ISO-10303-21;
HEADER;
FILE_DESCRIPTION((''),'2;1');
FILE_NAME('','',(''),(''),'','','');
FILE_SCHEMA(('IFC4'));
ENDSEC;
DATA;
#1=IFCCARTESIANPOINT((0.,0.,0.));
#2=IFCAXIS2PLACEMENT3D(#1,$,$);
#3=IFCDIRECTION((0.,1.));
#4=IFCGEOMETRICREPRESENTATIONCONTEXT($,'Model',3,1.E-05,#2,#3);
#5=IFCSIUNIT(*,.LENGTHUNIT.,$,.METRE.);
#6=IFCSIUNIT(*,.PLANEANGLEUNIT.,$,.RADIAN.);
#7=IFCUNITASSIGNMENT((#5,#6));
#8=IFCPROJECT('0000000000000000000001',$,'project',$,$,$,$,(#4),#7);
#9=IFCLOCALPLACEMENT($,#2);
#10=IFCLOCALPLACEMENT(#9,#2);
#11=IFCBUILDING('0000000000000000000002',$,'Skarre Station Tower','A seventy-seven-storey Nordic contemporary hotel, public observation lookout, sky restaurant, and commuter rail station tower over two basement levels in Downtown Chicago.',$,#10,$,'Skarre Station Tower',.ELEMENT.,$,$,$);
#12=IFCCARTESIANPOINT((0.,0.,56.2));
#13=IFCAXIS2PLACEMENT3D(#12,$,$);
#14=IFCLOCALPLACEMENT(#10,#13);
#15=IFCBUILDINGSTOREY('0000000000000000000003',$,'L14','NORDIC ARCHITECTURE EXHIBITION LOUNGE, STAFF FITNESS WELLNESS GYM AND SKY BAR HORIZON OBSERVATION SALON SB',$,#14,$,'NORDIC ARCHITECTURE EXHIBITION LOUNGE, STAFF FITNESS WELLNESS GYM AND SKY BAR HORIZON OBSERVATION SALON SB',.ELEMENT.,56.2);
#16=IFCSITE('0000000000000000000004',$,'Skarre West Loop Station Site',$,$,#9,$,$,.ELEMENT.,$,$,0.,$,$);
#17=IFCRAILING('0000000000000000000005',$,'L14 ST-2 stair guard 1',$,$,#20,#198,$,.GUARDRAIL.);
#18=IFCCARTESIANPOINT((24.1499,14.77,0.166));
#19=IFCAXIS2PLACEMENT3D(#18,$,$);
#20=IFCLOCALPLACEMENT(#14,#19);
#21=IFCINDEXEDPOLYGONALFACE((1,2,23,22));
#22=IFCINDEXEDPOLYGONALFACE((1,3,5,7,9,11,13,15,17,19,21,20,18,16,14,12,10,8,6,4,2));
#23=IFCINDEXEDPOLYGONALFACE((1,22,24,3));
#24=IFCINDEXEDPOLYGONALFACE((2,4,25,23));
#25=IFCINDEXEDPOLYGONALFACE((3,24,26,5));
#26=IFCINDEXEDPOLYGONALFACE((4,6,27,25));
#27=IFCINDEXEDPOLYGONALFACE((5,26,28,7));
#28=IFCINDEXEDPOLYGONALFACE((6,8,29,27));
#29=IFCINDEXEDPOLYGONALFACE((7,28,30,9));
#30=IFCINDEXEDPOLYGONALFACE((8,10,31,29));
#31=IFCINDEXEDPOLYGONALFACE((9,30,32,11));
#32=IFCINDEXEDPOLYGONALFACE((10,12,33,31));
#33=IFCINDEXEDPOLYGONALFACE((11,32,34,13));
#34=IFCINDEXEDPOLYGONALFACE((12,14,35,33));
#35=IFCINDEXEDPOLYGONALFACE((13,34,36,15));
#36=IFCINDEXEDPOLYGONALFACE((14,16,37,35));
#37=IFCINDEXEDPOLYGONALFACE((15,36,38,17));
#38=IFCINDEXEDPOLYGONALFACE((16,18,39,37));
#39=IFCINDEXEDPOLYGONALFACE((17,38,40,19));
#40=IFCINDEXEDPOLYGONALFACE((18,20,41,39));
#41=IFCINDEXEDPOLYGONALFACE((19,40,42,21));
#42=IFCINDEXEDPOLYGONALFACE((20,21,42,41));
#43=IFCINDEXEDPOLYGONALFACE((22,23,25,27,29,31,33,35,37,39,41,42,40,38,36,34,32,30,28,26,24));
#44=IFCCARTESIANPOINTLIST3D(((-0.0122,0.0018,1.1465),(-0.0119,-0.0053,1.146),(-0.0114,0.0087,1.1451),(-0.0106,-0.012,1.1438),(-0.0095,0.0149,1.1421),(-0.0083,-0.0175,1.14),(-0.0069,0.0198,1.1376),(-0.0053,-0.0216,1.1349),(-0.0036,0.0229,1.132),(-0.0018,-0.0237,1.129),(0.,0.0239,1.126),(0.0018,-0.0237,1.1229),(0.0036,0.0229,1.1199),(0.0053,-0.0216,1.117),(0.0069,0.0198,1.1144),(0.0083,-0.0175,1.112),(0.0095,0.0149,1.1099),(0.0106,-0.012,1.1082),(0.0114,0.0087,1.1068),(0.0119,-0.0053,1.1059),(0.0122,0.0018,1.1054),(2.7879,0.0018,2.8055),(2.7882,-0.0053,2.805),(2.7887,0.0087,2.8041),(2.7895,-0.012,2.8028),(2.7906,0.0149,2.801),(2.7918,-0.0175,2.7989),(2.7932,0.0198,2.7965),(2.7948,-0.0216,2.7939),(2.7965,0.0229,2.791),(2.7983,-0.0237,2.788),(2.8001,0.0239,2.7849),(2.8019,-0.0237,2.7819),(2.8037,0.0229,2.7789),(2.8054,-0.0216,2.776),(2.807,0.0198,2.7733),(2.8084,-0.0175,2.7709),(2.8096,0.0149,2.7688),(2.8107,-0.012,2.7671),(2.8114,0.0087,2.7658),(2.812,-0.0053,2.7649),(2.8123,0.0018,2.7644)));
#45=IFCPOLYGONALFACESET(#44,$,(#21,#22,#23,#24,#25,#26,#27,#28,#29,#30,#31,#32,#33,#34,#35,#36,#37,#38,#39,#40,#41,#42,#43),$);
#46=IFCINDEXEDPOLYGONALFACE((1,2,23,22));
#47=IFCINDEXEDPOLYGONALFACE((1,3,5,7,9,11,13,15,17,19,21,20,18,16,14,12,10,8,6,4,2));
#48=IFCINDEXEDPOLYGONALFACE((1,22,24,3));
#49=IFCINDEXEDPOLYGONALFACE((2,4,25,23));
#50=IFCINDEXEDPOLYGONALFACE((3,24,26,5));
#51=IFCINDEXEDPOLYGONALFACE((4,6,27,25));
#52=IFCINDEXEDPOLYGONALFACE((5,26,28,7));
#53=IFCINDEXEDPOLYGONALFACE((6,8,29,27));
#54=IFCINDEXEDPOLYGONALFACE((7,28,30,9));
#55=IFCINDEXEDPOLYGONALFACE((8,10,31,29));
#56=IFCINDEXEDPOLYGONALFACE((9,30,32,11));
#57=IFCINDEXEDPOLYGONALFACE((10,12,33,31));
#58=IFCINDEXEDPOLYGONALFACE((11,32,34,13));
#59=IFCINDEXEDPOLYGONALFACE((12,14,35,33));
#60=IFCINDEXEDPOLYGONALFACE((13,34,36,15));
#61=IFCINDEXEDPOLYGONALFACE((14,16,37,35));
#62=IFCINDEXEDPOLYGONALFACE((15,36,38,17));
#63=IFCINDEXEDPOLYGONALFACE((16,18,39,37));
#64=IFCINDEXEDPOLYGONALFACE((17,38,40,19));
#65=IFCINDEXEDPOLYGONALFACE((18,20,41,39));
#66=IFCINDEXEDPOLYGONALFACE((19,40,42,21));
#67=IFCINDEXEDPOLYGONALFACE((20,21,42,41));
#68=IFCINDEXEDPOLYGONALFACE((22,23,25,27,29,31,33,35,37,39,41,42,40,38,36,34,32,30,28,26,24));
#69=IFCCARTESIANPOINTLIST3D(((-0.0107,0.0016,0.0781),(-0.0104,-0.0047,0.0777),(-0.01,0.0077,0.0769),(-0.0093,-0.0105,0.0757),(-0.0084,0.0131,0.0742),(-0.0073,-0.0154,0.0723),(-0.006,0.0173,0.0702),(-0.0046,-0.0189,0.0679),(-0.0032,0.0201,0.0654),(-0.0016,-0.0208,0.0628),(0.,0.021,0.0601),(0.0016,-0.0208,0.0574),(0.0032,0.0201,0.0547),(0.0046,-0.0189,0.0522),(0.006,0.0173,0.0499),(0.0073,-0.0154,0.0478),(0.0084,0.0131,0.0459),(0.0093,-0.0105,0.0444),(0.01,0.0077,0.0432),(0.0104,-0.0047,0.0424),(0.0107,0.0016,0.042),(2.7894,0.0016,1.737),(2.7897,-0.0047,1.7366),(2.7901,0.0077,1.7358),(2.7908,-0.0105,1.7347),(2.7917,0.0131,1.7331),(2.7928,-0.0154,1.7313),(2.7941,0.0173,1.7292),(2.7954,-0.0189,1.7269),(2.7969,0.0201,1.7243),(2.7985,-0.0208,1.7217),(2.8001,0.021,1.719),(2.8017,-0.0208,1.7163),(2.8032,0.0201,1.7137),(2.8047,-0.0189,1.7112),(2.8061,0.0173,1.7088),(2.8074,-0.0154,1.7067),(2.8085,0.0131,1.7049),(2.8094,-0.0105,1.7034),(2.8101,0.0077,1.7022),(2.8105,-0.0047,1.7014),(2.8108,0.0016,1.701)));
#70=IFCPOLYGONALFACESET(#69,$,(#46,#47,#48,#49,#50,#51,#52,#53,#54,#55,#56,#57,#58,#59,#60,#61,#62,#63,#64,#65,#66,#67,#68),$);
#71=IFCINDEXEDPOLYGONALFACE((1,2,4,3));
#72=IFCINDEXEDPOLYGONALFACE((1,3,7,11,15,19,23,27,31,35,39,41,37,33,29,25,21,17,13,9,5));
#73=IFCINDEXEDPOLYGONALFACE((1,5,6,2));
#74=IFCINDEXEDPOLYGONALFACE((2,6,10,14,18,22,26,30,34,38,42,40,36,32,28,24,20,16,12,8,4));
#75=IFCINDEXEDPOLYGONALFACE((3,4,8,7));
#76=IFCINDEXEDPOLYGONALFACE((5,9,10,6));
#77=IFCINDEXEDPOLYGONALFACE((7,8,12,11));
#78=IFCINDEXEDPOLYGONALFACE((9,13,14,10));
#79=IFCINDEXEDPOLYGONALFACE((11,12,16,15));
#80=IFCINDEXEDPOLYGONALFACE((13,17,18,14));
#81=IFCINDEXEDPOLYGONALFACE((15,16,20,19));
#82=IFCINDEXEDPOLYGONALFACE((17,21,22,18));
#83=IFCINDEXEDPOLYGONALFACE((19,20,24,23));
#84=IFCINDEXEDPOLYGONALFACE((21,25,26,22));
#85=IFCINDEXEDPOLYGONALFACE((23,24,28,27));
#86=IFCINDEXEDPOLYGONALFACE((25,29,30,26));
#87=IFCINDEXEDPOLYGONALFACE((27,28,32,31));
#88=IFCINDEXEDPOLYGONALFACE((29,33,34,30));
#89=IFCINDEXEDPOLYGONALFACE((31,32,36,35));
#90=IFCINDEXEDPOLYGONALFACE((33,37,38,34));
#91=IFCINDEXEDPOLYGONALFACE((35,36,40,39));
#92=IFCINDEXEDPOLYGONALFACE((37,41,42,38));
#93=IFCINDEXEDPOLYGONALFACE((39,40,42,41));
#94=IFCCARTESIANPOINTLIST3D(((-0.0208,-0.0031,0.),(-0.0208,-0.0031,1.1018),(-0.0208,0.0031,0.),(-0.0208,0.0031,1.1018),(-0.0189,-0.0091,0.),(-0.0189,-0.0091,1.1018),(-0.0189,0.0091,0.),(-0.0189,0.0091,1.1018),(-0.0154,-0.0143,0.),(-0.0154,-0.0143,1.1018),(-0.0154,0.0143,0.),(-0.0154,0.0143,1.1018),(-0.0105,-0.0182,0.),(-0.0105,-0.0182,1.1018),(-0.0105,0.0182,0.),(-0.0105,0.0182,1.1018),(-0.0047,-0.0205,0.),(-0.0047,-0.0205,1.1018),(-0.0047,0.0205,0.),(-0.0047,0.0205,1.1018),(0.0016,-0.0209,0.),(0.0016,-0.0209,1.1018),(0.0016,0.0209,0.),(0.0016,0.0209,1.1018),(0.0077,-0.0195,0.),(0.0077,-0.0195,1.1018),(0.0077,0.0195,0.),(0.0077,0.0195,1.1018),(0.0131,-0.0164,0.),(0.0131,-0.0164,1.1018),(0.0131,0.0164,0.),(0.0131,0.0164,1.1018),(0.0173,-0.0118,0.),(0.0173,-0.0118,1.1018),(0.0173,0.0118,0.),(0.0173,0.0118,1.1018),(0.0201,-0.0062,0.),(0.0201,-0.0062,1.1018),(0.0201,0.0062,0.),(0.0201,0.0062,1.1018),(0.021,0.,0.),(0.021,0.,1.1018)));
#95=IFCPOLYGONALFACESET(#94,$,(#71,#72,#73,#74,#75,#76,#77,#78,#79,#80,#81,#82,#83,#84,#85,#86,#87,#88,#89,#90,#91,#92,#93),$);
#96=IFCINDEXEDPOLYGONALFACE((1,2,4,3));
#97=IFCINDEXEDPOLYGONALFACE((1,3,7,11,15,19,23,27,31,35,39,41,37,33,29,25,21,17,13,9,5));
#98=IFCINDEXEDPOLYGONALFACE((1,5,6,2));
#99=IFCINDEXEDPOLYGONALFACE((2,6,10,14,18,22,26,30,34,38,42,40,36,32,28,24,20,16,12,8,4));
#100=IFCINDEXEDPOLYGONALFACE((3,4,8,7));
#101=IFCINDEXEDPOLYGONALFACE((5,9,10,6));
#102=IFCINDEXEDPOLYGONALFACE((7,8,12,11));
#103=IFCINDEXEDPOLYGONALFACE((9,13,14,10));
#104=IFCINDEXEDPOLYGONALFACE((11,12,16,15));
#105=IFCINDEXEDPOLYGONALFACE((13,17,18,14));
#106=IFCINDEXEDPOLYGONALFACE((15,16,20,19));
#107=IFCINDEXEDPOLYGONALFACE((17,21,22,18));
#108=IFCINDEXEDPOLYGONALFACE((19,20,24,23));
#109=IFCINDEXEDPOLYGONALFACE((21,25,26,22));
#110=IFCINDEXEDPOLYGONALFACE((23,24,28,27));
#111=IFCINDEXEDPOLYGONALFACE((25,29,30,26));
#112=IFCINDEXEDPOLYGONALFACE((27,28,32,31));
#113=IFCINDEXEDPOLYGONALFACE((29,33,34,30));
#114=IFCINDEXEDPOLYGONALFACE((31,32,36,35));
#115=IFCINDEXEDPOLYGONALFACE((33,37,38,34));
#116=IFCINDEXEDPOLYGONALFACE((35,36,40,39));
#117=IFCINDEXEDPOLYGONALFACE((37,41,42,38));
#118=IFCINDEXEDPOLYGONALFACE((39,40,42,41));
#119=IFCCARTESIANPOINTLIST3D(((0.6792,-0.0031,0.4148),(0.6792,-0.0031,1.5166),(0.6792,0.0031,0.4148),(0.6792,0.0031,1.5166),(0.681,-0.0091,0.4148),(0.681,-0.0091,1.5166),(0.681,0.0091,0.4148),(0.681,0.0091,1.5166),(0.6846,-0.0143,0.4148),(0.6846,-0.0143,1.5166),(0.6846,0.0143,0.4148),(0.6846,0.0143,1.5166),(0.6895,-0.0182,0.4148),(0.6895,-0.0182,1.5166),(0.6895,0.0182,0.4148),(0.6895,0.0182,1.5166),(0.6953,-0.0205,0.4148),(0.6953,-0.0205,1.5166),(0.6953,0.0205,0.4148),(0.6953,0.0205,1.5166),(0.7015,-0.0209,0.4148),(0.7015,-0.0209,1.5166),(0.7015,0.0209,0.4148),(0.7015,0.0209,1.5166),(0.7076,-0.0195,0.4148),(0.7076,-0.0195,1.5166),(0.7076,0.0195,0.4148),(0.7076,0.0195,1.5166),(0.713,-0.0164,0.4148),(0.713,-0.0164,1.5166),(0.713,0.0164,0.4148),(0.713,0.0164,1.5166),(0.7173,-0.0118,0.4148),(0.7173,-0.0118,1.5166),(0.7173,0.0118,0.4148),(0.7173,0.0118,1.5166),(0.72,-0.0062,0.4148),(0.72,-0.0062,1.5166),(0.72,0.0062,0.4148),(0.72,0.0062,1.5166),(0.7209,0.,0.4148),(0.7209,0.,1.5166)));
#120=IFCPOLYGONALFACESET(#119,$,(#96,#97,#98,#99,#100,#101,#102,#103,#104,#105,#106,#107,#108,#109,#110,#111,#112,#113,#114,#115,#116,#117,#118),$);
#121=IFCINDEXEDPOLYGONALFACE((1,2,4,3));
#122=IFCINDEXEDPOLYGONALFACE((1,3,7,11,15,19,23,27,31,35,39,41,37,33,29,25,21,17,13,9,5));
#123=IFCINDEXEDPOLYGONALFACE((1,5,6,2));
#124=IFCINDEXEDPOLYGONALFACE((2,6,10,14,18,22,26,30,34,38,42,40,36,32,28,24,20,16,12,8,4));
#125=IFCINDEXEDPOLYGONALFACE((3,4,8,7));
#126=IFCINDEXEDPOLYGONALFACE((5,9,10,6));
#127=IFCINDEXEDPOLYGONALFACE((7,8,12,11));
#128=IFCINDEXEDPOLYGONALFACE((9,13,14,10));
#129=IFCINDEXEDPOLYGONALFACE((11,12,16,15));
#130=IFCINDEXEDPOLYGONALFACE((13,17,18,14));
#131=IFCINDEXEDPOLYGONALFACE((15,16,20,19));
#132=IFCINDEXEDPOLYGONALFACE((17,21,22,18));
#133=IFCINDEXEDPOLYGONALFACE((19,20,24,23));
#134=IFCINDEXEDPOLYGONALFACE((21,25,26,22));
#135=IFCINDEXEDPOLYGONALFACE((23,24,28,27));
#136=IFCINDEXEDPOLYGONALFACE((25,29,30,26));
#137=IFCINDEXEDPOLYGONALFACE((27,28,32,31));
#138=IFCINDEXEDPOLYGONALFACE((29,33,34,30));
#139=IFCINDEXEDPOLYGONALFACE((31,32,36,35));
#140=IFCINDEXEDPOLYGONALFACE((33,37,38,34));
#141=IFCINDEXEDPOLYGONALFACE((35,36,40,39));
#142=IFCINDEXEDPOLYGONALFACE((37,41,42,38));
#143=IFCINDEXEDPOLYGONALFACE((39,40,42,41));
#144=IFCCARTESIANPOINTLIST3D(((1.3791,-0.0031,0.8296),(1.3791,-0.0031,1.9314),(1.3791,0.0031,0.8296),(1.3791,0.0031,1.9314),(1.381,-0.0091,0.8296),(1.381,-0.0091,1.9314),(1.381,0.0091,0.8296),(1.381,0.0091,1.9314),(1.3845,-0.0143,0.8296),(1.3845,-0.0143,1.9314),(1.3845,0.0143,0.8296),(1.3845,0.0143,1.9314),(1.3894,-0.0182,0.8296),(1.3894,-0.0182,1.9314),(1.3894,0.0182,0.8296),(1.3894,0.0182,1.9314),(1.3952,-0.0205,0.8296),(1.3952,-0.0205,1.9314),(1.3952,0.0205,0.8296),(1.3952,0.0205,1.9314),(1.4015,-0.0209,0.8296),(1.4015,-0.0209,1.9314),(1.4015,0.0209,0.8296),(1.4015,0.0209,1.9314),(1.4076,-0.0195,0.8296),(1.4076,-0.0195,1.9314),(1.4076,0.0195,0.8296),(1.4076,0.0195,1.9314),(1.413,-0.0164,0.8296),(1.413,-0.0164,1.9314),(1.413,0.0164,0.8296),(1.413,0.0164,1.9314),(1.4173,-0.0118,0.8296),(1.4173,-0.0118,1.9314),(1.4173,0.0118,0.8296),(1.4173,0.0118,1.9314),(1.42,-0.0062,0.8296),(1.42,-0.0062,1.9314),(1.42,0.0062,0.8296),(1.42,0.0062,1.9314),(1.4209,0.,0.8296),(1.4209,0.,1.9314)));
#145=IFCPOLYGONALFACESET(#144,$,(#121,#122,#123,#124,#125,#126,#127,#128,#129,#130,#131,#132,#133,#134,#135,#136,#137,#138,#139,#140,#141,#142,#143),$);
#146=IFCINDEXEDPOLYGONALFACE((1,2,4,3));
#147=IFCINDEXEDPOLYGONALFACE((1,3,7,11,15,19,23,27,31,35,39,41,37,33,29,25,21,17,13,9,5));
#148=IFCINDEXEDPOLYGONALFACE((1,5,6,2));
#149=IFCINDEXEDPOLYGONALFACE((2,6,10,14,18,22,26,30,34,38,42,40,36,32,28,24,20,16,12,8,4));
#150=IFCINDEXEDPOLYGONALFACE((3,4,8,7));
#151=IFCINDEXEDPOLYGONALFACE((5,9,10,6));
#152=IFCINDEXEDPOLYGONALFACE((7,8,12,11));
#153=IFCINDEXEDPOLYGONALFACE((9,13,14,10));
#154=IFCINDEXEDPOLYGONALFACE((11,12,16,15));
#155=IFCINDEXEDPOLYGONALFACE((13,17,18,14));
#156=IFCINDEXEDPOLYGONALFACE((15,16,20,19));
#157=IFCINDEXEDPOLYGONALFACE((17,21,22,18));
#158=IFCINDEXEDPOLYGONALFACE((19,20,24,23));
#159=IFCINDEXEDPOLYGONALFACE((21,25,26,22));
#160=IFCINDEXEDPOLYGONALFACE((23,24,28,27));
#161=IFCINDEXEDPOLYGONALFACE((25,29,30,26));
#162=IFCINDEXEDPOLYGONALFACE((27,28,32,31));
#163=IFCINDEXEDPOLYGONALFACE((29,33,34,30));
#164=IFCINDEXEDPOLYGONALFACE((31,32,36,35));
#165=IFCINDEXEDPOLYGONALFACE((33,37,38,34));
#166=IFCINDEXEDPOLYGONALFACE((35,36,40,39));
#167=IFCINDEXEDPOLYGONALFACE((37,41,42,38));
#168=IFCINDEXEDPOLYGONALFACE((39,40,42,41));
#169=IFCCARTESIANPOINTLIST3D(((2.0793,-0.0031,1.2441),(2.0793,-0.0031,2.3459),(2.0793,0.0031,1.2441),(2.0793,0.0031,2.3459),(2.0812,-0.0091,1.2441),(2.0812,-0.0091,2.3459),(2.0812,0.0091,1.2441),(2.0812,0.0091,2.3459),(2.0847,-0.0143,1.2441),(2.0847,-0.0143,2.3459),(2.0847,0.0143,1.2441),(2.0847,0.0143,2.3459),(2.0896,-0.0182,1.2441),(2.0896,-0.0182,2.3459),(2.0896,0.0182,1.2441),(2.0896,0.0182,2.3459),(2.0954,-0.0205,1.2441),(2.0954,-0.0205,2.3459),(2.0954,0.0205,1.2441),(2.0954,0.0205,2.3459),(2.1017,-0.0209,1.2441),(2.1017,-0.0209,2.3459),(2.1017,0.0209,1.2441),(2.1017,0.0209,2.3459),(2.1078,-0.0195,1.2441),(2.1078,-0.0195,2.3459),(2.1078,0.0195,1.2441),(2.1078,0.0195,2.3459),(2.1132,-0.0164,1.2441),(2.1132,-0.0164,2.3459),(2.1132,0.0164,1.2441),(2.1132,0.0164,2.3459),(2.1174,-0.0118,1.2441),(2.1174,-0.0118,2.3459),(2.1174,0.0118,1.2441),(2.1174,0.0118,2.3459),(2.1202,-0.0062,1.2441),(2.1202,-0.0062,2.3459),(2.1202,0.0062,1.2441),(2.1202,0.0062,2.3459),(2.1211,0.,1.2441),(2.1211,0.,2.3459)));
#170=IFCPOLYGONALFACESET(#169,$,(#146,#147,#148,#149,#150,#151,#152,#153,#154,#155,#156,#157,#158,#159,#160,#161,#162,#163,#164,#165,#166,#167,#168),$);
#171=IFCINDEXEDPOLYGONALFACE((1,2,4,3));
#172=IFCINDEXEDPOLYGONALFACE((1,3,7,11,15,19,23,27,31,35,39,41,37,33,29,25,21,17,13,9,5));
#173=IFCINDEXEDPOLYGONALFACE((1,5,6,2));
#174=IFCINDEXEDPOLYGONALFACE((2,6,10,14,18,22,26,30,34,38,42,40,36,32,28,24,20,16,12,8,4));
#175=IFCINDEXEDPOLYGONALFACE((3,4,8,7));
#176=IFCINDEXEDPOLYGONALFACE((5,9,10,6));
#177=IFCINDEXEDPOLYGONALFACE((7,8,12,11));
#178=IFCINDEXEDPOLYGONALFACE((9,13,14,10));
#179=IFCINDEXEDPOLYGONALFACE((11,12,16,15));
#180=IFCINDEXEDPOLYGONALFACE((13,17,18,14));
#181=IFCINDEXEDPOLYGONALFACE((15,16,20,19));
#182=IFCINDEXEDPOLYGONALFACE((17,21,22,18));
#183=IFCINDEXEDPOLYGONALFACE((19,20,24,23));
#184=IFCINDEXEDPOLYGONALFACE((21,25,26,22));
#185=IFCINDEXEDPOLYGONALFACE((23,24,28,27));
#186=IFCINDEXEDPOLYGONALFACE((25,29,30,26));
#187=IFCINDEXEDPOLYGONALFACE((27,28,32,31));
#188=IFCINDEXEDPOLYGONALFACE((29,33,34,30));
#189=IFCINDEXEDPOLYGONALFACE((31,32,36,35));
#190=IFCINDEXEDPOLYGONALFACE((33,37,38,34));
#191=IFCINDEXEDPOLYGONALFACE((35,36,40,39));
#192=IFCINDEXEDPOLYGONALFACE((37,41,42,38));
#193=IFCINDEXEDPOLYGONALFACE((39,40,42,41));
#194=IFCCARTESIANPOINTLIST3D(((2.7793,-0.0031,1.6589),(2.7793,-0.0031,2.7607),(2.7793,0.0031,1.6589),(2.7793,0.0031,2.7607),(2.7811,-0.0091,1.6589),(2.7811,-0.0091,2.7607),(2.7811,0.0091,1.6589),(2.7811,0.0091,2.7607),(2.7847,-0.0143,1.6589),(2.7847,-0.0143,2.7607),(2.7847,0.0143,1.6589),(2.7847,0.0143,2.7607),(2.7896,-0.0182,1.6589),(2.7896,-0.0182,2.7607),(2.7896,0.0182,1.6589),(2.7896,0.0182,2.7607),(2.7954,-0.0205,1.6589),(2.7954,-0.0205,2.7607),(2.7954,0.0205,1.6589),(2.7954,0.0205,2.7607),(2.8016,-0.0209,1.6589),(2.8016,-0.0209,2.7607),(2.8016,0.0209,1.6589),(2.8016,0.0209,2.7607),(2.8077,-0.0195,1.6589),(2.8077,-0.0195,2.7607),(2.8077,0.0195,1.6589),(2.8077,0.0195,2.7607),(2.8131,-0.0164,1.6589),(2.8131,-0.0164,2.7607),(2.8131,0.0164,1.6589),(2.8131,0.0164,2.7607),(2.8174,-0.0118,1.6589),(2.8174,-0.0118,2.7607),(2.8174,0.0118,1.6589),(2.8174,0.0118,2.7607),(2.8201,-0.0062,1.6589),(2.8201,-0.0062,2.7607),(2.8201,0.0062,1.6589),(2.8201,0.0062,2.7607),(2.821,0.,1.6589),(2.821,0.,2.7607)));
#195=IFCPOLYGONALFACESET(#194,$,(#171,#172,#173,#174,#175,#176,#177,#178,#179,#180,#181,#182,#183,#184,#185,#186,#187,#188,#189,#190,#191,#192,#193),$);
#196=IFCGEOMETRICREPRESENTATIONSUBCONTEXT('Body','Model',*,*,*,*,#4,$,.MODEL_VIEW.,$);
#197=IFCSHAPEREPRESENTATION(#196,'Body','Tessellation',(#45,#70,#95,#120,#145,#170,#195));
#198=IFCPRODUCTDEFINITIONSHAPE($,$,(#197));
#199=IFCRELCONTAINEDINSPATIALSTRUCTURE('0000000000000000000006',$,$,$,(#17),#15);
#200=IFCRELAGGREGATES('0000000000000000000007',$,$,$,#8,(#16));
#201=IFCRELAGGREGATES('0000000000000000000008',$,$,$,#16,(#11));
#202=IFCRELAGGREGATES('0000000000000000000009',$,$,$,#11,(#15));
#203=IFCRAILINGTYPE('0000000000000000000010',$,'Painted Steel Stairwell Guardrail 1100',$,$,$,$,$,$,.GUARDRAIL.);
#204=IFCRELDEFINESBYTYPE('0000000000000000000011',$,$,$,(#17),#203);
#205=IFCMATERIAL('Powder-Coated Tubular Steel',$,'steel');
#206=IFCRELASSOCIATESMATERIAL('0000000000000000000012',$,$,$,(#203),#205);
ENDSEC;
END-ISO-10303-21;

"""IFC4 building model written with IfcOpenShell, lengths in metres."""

from ifc_helpers import new_model, si_unit, direction, frame, origin, origin_2d, place, context, subcontext, project, spatial, circle, extrude, material, type_object, element, save


model = new_model("IFC4")

# Units and contexts
model_context = context("Model", 3, precision=1e-05, world=origin(), true_north=direction((0.0, 1.0)))
body_context = subcontext(model_context, "Body", "Model", "MODEL_VIEW")
ifc_project = project(units=[si_unit("LENGTHUNIT", "METRE"), si_unit("PLANEANGLEUNIT", "RADIAN")], contexts=[model_context])

# Site, building, storey
site_placement = place(None, origin())
site = spatial("IfcSite", under=ifc_project, at=site_placement, Name="Skarre West Loop Station Site", CompositionType="ELEMENT", RefElevation=0.0)
building_placement = place(site_placement, origin())
building = spatial("IfcBuilding", under=site, at=building_placement, Name="Skarre Station Tower", Description="A seventy-seven-storey Nordic contemporary hotel, public observation lookout, sky restaurant, and commuter rail station tower over two basement levels in Downtown Chicago.", LongName="Skarre Station Tower", CompositionType="ELEMENT")
storey_placement = place(building_placement, frame((0.0, 0.0, 56.2)))
storey = spatial("IfcBuildingStorey", under=building, at=storey_placement, Name="L14", Description="NORDIC ARCHITECTURE EXHIBITION LOUNGE, STAFF FITNESS WELLNESS GYM AND SKY BAR HORIZON OBSERVATION SALON SB", LongName="NORDIC ARCHITECTURE EXHIBITION LOUNGE, STAFF FITNESS WELLNESS GYM AND SKY BAR HORIZON OBSERVATION SALON SB", CompositionType="ELEMENT", Elevation=56.2)

# Railing
ifc_material_1 = material(Name="Powder-Coated Tubular Steel", Category="steel")
railing_type_1 = type_object("IfcRailingType", Name="Painted Steel Stairwell Guardrail 1100", PredefinedType="GUARDRAIL", material=ifc_material_1)
railing_1_placement = place(storey_placement, frame((24.1499, 14.77, 0.166)))
element("IfcRailing", 1, at=railing_1_placement, inside=storey, type_object=railing_type_1, Name="L14 ST-2 stair guard 1", PredefinedType="GUARDRAIL", context=body_context, shape_type="SweptSolid", body=[
    extrude(circle(Radius=0.0239, at=origin_2d()), frame((0.0, 0.0, 1.126), z_axis=(0.860339, 0.0, 0.509722), x_axis=(0.0, 1.0, 0.0)), (0.0, 0.0, 1.0), 3.2546),
    extrude(circle(Radius=0.021, at=origin_2d()), frame((0.0, 0.0, 0.0601), z_axis=(0.860339, 0.0, 0.509722), x_axis=(0.0, 1.0, 0.0)), (0.0, 0.0, 1.0), 3.2546),
    extrude(circle(Radius=0.021, at=origin_2d()), origin(), (0.0, 0.0, 1.0), 1.1018),
    extrude(circle(Radius=0.021, at=origin_2d()), frame((0.7, 0.0, 0.4148)), (0.0, 0.0, 1.0), 1.1018),
    extrude(circle(Radius=0.021, at=origin_2d()), frame((1.3999, 0.0, 0.8296)), (0.0, 0.0, 1.0), 1.1018),
    extrude(circle(Radius=0.021, at=origin_2d()), frame((2.1001, 0.0, 1.2441)), (0.0, 0.0, 1.0), 1.1018),
    extrude(circle(Radius=0.021, at=origin_2d()), frame((2.8, 0.0, 1.6589)), (0.0, 0.0, 1.0), 1.1018),
])

save(model, "model.ifc")
